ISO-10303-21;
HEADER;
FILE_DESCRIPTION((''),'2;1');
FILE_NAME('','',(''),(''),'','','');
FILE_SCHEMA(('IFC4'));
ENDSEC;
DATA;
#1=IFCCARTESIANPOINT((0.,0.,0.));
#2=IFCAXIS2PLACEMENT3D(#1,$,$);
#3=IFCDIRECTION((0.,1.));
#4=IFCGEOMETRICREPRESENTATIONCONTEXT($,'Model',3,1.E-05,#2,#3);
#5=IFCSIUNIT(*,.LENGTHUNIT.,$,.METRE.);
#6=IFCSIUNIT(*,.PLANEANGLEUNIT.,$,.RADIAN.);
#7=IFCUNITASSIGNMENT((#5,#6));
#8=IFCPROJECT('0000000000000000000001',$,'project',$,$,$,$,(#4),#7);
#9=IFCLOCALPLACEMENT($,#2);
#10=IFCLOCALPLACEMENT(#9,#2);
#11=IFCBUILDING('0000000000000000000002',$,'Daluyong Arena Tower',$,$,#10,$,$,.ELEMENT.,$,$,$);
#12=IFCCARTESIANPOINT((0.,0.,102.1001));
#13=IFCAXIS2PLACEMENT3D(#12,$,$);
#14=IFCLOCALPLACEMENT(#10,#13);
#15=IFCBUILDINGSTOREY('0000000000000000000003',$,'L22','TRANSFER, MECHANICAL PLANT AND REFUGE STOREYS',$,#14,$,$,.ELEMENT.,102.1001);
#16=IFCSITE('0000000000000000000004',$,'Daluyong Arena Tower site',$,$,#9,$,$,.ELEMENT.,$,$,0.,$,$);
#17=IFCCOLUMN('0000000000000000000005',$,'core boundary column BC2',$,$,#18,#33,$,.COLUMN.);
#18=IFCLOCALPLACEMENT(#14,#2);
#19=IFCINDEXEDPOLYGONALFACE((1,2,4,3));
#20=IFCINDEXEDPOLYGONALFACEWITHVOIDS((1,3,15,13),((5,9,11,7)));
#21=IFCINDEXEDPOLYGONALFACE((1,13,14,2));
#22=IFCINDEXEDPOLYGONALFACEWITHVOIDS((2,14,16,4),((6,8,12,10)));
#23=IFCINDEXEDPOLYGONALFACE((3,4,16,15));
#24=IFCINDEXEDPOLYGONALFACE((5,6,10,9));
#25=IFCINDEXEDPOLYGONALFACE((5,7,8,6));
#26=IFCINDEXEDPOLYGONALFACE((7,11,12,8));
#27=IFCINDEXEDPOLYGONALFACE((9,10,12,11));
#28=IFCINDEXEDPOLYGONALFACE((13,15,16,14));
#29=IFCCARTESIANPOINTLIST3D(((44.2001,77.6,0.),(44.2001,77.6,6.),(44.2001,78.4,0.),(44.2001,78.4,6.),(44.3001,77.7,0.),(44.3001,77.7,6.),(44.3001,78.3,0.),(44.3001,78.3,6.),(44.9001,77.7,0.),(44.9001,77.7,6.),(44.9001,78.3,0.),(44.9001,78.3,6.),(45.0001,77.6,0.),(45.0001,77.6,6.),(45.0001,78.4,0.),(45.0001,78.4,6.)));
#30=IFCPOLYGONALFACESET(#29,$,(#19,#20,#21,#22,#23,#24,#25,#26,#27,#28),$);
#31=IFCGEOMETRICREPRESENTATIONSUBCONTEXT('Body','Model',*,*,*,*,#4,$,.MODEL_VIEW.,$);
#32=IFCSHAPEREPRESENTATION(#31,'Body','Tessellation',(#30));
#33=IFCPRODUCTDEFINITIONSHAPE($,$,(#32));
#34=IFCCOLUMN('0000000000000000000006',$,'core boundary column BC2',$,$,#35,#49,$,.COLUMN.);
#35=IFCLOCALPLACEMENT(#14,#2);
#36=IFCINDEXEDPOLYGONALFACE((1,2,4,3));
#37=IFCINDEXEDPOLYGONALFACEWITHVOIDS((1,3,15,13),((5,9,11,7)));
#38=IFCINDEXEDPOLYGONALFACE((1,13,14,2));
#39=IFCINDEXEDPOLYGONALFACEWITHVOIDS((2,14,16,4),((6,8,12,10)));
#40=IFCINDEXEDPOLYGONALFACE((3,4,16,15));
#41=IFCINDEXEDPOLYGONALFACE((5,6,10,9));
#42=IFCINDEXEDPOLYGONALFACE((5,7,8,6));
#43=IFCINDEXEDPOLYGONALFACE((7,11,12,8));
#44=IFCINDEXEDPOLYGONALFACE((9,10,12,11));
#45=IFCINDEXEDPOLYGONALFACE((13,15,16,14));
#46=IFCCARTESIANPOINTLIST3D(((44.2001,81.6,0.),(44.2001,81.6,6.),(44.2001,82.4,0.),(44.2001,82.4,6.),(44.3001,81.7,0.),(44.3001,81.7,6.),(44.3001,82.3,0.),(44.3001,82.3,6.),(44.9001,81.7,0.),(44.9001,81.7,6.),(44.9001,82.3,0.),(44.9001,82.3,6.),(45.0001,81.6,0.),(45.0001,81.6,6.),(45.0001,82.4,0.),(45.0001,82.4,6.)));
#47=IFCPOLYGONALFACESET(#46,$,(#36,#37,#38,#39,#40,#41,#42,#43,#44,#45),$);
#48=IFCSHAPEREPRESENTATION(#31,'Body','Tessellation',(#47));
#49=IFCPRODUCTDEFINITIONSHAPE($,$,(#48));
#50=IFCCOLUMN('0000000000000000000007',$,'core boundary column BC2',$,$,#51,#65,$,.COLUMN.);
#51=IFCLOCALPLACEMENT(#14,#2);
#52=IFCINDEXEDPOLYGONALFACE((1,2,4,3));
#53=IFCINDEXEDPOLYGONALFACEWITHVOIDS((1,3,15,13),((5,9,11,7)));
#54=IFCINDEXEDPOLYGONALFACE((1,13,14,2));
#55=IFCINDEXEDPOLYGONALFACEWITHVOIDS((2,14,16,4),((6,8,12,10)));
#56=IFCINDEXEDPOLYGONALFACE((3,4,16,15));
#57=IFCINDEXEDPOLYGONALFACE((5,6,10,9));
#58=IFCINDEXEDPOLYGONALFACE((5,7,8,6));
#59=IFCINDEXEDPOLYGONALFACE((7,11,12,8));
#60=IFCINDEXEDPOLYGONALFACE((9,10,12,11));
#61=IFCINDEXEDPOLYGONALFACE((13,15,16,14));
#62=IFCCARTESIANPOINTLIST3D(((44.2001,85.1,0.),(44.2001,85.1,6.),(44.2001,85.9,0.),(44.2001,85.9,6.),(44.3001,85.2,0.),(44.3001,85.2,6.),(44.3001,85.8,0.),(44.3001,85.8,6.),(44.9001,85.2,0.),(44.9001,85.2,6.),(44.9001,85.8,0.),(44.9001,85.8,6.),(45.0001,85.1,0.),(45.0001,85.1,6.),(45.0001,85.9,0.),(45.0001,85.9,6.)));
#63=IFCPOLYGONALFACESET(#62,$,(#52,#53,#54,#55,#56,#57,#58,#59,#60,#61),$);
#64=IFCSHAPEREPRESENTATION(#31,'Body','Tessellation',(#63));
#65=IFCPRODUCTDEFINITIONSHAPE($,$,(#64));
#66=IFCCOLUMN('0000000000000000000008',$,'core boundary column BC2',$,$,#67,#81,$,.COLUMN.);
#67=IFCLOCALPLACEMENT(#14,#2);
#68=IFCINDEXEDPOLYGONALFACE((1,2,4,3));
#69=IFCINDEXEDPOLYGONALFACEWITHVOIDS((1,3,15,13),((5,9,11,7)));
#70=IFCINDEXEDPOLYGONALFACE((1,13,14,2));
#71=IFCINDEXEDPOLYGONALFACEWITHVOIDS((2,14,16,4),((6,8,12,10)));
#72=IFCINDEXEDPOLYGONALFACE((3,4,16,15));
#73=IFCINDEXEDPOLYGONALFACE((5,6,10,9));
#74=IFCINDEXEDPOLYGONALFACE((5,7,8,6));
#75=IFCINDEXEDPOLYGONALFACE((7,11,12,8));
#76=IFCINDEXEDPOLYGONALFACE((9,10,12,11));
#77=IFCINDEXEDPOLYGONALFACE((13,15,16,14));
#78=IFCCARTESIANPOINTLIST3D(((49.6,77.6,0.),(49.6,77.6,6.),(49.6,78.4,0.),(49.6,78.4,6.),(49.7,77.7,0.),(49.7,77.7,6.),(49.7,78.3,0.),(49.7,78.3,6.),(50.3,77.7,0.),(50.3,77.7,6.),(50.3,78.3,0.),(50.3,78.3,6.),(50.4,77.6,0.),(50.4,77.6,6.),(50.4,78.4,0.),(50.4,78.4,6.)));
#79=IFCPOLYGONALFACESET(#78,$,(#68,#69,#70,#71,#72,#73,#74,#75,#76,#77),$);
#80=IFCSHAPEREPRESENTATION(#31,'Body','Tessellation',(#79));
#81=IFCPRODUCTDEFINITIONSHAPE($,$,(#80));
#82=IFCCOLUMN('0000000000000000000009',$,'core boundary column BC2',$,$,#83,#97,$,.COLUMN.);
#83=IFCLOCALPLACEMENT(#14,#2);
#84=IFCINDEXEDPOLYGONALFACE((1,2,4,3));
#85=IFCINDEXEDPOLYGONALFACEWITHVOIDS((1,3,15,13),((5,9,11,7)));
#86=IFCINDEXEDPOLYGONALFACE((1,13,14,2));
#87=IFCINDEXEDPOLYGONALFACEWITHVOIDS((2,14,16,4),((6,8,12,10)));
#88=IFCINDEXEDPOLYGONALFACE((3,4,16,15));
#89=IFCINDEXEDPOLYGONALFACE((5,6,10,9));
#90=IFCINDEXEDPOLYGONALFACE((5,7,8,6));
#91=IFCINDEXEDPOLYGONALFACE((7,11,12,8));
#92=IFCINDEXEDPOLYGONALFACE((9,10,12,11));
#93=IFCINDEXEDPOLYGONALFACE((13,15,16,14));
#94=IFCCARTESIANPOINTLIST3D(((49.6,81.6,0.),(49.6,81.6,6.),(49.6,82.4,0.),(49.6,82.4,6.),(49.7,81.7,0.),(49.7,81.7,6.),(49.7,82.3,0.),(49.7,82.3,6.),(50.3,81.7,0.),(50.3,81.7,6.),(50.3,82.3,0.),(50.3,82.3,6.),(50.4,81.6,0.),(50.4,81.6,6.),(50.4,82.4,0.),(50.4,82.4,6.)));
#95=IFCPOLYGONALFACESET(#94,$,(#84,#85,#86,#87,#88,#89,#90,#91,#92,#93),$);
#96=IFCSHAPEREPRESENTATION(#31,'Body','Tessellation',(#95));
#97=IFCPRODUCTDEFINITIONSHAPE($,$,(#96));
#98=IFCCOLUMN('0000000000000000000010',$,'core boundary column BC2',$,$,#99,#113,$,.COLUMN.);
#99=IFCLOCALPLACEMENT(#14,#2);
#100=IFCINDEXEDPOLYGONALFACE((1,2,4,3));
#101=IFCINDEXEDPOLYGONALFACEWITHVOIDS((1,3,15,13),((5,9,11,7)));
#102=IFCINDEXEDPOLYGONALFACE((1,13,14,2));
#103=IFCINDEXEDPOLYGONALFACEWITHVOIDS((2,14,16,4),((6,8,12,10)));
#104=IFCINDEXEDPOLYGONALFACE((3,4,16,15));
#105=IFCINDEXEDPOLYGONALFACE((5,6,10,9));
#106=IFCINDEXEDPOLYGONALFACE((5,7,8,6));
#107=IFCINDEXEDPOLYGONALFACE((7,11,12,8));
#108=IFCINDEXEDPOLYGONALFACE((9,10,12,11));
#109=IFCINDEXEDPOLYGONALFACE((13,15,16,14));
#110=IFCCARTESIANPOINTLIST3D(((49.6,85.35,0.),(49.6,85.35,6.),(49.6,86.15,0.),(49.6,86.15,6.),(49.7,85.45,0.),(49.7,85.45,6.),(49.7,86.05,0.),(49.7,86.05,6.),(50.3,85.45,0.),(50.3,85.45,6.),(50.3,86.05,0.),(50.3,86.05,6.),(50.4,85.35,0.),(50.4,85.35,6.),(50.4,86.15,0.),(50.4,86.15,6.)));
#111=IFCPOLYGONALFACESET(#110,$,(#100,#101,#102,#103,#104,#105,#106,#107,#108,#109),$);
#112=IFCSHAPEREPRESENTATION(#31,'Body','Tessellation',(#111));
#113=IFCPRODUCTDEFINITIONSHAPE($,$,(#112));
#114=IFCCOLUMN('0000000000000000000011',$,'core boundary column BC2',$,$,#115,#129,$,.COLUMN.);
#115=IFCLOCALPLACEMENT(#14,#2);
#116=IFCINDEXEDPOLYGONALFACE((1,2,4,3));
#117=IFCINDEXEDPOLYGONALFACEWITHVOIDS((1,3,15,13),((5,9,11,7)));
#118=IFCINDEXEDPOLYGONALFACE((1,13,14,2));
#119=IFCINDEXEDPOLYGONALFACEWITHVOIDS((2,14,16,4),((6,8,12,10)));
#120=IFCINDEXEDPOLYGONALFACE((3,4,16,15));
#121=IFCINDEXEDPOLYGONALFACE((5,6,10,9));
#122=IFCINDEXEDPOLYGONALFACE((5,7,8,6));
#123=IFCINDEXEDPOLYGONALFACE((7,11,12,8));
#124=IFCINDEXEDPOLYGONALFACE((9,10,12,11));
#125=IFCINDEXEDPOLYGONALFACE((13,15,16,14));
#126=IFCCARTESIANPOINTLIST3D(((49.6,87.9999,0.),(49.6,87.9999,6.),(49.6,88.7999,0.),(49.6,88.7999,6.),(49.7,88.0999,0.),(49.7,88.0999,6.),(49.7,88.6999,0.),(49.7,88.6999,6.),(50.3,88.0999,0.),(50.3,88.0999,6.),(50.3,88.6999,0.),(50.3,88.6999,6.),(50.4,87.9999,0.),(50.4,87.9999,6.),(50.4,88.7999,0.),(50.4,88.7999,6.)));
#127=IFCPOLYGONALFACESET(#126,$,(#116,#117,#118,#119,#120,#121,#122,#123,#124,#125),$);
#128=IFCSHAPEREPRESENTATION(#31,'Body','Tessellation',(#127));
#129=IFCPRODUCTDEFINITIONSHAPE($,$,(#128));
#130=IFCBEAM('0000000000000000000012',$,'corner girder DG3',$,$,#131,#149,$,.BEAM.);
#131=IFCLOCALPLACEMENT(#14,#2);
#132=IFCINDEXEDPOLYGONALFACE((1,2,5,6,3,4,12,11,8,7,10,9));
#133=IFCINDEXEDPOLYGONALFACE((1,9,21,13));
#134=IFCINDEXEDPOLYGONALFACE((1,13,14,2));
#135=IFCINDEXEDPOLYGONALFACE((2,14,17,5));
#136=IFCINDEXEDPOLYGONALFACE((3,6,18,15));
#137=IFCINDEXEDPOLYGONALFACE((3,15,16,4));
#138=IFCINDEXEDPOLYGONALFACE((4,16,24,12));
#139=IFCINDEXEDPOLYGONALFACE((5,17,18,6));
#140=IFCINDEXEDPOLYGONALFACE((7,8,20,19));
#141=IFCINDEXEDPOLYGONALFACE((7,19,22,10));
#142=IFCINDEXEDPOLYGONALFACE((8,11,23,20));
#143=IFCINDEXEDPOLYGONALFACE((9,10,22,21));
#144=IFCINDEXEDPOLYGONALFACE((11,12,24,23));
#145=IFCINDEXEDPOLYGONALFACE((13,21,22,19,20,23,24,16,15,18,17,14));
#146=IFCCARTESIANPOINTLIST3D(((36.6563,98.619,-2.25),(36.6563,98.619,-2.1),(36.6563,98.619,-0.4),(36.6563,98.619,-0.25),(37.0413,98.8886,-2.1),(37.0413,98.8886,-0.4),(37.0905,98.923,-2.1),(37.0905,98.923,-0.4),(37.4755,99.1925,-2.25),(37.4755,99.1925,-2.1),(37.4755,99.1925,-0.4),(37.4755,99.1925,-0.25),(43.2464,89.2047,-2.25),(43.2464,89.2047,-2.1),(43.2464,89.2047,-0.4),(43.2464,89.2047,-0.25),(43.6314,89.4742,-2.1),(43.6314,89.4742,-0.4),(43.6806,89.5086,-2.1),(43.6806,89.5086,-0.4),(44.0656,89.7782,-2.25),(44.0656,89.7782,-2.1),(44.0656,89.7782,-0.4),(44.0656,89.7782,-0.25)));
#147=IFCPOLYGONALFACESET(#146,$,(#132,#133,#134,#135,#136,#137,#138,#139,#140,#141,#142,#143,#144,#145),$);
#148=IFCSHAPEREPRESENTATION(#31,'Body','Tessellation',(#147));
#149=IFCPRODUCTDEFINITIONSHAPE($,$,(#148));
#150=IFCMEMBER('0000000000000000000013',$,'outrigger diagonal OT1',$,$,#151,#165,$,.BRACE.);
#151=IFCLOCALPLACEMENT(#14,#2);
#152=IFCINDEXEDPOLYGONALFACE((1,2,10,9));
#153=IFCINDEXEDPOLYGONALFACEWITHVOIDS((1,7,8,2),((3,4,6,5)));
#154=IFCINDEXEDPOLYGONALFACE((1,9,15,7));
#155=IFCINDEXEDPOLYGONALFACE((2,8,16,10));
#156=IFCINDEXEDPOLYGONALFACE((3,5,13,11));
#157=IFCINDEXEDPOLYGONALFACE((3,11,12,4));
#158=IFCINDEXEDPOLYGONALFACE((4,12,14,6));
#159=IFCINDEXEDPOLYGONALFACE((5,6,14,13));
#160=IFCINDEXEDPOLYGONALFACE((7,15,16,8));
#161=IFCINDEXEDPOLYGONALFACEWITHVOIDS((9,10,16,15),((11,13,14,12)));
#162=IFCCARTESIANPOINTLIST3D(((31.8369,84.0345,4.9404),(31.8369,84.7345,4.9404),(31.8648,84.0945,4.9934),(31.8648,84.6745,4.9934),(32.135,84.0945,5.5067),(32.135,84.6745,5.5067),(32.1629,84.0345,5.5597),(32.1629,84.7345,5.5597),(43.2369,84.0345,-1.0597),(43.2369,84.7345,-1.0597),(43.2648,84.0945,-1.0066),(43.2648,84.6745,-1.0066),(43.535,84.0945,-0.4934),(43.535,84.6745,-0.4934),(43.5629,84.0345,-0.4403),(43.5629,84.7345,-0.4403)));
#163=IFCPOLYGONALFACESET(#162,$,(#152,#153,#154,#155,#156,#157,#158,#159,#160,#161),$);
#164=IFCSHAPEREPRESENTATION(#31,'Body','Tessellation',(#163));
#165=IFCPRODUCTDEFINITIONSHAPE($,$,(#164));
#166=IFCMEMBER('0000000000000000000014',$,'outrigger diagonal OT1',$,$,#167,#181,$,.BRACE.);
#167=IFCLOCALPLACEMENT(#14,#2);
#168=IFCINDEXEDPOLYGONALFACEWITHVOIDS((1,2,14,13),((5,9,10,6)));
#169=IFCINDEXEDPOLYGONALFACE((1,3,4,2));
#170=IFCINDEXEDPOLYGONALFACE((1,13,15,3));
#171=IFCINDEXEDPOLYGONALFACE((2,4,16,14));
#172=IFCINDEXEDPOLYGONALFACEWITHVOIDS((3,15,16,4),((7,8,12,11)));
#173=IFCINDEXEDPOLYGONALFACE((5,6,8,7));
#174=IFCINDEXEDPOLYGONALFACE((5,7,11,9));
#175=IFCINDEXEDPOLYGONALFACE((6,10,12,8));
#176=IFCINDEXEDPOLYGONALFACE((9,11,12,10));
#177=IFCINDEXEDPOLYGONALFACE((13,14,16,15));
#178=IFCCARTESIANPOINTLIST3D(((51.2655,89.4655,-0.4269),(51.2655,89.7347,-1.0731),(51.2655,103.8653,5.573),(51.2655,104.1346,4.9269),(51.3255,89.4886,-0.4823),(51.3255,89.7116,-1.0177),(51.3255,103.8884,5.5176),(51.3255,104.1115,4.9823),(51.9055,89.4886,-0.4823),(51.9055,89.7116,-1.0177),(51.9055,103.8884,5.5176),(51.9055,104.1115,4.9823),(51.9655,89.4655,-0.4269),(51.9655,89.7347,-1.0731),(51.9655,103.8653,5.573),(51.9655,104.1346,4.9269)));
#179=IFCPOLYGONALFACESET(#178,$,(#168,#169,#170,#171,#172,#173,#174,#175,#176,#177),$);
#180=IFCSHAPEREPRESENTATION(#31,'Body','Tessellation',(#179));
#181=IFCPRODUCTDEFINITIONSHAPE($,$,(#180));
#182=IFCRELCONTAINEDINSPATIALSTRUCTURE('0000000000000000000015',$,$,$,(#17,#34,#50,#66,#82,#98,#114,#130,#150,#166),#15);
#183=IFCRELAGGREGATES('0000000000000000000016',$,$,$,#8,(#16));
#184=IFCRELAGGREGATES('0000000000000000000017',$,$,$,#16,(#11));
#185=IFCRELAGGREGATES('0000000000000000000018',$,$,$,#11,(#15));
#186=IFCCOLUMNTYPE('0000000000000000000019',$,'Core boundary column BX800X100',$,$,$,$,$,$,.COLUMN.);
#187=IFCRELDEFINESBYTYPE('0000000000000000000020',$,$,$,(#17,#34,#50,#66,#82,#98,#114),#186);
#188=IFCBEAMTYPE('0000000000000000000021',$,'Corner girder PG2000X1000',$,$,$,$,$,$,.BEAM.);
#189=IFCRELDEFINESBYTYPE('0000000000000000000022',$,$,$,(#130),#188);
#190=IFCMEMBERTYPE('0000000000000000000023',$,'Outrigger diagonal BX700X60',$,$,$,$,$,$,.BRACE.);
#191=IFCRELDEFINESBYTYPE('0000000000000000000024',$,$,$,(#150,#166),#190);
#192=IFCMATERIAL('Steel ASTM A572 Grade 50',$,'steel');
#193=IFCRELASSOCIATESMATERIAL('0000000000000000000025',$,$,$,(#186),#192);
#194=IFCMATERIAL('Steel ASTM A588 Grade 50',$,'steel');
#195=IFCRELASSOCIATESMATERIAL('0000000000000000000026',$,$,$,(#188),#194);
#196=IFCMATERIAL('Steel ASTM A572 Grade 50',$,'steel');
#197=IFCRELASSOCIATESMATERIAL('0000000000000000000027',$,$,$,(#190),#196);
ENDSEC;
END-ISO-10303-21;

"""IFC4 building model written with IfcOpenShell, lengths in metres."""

from ifc_helpers import new_model, si_unit, direction, frame, origin, origin_2d, place, context, subcontext, project, spatial, hollow_rectangle, i_section, extrude, material, material_profile, profile_set, type_object, element, save


model = new_model("IFC4")

# Units and contexts
model_context = context("Model", 3, precision=1e-05, world=origin(), true_north=direction((0.0, 1.0)))
body_context = subcontext(model_context, "Body", "Model", "MODEL_VIEW")
ifc_project = project(units=[si_unit("LENGTHUNIT", "METRE"), si_unit("PLANEANGLEUNIT", "RADIAN")], contexts=[model_context])

# Site, building, storey
site_placement = place(None, origin())
site = spatial("IfcSite", under=ifc_project, at=site_placement, Name="Daluyong Arena Tower site", CompositionType="ELEMENT", RefElevation=0.0)
building_placement = place(site_placement, origin())
building = spatial("IfcBuilding", under=site, at=building_placement, Name="Daluyong Arena Tower", CompositionType="ELEMENT")
storey_placement = place(building_placement, frame((0.0, 0.0, 102.1001)))
storey = spatial("IfcBuildingStorey", under=building, at=storey_placement, Name="L22", Description="TRANSFER, MECHANICAL PLANT AND REFUGE STOREYS", CompositionType="ELEMENT", Elevation=102.1001)

# Columns
ifc_material_1 = material(Name="Steel ASTM A572 Grade 50", Category="steel")
ifc_material_profile_1 = material_profile(ifc_material_1, hollow_rectangle(XDim=0.8, YDim=0.8, WallThickness=0.1, at=origin_2d()))
ifc_profile_set_1 = profile_set([ifc_material_profile_1], Name="Steel ASTM A572 Grade 50")
column_type = type_object("IfcColumnType", Name="Core boundary column BX800X100", PredefinedType="COLUMN", material=ifc_profile_set_1)
for number, where, z_axis, x_axis, name in (
    (1, (44.6001, 78.0, 0.0), (0.0, 0.0, 1.0), (1.0, 0.0, 0.0), "core boundary column BC2"),
    (2, (44.6001, 82.0, 0.0), (0.0, 0.0, 1.0), (1.0, 0.0, 0.0), "core boundary column BC2"),
    (3, (44.6001, 85.5, 0.0), (0.0, 0.0, 1.0), (1.0, 0.0, 0.0), "core boundary column BC2"),
    (4, (50.0, 78.0, 0.0), (0.0, 0.0, 1.0), (1.0, 0.0, 0.0), "core boundary column BC2"),
    (5, (50.0, 82.0, 0.0), (0.0, 0.0, 1.0), (1.0, 0.0, 0.0), "core boundary column BC2"),
    (6, (50.0, 85.75, 0.0), (0.0, 0.0, 1.0), (1.0, 0.0, 0.0), "core boundary column BC2"),
    (7, (50.0, 88.3999, 0.0), (0.0, 0.0, 1.0), (1.0, 0.0, 0.0), "core boundary column BC2"),
):
    element("IfcColumn", number, at=place(storey_placement, frame(where, z_axis=z_axis, x_axis=x_axis)), inside=storey, type_object=column_type, Name=name, PredefinedType="COLUMN", context=body_context, shape_type="SweptSolid", body=[
        extrude(hollow_rectangle(XDim=0.8, YDim=0.8, WallThickness=0.1, at=origin_2d()), origin(), (0.0, 0.0, 1.0), 6.0),
    ])

# Beam
ifc_material_2 = material(Name="Steel ASTM A588 Grade 50", Category="steel")
ifc_material_profile_2 = material_profile(ifc_material_2, i_section(OverallWidth=1.0, OverallDepth=2.0, WebThickness=0.06, FlangeThickness=0.15, at=origin_2d()))
ifc_profile_set_2 = profile_set([ifc_material_profile_2], Name="Steel ASTM A588 Grade 50")
beam_type = type_object("IfcBeamType", Name="Corner girder PG2000X1000", PredefinedType="BEAM", material=ifc_profile_set_2)
beam_placement = place(storey_placement, frame((37.0659, 98.9058, -1.25), z_axis=(0.573467, -0.819229, 0.0), x_axis=(0.819229, 0.573467, 0.0)))
element("IfcBeam", 8, at=beam_placement, inside=storey, type_object=beam_type, Name="corner girder DG3", PredefinedType="BEAM", context=body_context, shape_type="SweptSolid", body=[
    extrude(i_section(OverallWidth=1.0, OverallDepth=2.0, WebThickness=0.06, FlangeThickness=0.15, at=origin_2d()), origin(), (0.0, 0.0, 1.0), 11.4917),
])

# Members
ifc_material_3 = material(Name="Steel ASTM A572 Grade 50", Category="steel")
ifc_material_profile_3 = material_profile(ifc_material_3, hollow_rectangle(XDim=0.7, YDim=0.7, WallThickness=0.06, at=origin_2d()))
ifc_profile_set_3 = profile_set([ifc_material_profile_3], Name="Steel ASTM A572 Grade 50")
member_type = type_object("IfcMemberType", Name="Outrigger diagonal BX700X60", PredefinedType="BRACE", material=ifc_profile_set_3)
member_1_placement = place(storey_placement, frame((43.3999, 84.3845, -0.75), z_axis=(-0.884917, 0.0, 0.46575), x_axis=(0.0, -1.0, 0.0)))
element("IfcMember", 9, at=member_1_placement, inside=storey, type_object=member_type, Name="outrigger diagonal OT1", PredefinedType="BRACE", context=body_context, shape_type="SweptSolid", body=[
    extrude(hollow_rectangle(XDim=0.7, YDim=0.7, WallThickness=0.06, at=origin_2d()), origin(), (0.0, 0.0, 1.0), 12.8826),
])
member_2_placement = place(storey_placement, frame((51.6155, 89.6001, -0.75), z_axis=(0.0, 0.923076, 0.384618), x_axis=(-1.0, 0.0, 0.0)))
element("IfcMember", 10, at=member_2_placement, inside=storey, type_object=member_type, Name="outrigger diagonal OT1", PredefinedType="BRACE", context=body_context, shape_type="SweptSolid", body=[
    extrude(hollow_rectangle(XDim=0.7, YDim=0.7, WallThickness=0.06, at=origin_2d()), origin(), (0.0, 0.0, 1.0), 15.5999),
])

save(model, "model.ifc")
